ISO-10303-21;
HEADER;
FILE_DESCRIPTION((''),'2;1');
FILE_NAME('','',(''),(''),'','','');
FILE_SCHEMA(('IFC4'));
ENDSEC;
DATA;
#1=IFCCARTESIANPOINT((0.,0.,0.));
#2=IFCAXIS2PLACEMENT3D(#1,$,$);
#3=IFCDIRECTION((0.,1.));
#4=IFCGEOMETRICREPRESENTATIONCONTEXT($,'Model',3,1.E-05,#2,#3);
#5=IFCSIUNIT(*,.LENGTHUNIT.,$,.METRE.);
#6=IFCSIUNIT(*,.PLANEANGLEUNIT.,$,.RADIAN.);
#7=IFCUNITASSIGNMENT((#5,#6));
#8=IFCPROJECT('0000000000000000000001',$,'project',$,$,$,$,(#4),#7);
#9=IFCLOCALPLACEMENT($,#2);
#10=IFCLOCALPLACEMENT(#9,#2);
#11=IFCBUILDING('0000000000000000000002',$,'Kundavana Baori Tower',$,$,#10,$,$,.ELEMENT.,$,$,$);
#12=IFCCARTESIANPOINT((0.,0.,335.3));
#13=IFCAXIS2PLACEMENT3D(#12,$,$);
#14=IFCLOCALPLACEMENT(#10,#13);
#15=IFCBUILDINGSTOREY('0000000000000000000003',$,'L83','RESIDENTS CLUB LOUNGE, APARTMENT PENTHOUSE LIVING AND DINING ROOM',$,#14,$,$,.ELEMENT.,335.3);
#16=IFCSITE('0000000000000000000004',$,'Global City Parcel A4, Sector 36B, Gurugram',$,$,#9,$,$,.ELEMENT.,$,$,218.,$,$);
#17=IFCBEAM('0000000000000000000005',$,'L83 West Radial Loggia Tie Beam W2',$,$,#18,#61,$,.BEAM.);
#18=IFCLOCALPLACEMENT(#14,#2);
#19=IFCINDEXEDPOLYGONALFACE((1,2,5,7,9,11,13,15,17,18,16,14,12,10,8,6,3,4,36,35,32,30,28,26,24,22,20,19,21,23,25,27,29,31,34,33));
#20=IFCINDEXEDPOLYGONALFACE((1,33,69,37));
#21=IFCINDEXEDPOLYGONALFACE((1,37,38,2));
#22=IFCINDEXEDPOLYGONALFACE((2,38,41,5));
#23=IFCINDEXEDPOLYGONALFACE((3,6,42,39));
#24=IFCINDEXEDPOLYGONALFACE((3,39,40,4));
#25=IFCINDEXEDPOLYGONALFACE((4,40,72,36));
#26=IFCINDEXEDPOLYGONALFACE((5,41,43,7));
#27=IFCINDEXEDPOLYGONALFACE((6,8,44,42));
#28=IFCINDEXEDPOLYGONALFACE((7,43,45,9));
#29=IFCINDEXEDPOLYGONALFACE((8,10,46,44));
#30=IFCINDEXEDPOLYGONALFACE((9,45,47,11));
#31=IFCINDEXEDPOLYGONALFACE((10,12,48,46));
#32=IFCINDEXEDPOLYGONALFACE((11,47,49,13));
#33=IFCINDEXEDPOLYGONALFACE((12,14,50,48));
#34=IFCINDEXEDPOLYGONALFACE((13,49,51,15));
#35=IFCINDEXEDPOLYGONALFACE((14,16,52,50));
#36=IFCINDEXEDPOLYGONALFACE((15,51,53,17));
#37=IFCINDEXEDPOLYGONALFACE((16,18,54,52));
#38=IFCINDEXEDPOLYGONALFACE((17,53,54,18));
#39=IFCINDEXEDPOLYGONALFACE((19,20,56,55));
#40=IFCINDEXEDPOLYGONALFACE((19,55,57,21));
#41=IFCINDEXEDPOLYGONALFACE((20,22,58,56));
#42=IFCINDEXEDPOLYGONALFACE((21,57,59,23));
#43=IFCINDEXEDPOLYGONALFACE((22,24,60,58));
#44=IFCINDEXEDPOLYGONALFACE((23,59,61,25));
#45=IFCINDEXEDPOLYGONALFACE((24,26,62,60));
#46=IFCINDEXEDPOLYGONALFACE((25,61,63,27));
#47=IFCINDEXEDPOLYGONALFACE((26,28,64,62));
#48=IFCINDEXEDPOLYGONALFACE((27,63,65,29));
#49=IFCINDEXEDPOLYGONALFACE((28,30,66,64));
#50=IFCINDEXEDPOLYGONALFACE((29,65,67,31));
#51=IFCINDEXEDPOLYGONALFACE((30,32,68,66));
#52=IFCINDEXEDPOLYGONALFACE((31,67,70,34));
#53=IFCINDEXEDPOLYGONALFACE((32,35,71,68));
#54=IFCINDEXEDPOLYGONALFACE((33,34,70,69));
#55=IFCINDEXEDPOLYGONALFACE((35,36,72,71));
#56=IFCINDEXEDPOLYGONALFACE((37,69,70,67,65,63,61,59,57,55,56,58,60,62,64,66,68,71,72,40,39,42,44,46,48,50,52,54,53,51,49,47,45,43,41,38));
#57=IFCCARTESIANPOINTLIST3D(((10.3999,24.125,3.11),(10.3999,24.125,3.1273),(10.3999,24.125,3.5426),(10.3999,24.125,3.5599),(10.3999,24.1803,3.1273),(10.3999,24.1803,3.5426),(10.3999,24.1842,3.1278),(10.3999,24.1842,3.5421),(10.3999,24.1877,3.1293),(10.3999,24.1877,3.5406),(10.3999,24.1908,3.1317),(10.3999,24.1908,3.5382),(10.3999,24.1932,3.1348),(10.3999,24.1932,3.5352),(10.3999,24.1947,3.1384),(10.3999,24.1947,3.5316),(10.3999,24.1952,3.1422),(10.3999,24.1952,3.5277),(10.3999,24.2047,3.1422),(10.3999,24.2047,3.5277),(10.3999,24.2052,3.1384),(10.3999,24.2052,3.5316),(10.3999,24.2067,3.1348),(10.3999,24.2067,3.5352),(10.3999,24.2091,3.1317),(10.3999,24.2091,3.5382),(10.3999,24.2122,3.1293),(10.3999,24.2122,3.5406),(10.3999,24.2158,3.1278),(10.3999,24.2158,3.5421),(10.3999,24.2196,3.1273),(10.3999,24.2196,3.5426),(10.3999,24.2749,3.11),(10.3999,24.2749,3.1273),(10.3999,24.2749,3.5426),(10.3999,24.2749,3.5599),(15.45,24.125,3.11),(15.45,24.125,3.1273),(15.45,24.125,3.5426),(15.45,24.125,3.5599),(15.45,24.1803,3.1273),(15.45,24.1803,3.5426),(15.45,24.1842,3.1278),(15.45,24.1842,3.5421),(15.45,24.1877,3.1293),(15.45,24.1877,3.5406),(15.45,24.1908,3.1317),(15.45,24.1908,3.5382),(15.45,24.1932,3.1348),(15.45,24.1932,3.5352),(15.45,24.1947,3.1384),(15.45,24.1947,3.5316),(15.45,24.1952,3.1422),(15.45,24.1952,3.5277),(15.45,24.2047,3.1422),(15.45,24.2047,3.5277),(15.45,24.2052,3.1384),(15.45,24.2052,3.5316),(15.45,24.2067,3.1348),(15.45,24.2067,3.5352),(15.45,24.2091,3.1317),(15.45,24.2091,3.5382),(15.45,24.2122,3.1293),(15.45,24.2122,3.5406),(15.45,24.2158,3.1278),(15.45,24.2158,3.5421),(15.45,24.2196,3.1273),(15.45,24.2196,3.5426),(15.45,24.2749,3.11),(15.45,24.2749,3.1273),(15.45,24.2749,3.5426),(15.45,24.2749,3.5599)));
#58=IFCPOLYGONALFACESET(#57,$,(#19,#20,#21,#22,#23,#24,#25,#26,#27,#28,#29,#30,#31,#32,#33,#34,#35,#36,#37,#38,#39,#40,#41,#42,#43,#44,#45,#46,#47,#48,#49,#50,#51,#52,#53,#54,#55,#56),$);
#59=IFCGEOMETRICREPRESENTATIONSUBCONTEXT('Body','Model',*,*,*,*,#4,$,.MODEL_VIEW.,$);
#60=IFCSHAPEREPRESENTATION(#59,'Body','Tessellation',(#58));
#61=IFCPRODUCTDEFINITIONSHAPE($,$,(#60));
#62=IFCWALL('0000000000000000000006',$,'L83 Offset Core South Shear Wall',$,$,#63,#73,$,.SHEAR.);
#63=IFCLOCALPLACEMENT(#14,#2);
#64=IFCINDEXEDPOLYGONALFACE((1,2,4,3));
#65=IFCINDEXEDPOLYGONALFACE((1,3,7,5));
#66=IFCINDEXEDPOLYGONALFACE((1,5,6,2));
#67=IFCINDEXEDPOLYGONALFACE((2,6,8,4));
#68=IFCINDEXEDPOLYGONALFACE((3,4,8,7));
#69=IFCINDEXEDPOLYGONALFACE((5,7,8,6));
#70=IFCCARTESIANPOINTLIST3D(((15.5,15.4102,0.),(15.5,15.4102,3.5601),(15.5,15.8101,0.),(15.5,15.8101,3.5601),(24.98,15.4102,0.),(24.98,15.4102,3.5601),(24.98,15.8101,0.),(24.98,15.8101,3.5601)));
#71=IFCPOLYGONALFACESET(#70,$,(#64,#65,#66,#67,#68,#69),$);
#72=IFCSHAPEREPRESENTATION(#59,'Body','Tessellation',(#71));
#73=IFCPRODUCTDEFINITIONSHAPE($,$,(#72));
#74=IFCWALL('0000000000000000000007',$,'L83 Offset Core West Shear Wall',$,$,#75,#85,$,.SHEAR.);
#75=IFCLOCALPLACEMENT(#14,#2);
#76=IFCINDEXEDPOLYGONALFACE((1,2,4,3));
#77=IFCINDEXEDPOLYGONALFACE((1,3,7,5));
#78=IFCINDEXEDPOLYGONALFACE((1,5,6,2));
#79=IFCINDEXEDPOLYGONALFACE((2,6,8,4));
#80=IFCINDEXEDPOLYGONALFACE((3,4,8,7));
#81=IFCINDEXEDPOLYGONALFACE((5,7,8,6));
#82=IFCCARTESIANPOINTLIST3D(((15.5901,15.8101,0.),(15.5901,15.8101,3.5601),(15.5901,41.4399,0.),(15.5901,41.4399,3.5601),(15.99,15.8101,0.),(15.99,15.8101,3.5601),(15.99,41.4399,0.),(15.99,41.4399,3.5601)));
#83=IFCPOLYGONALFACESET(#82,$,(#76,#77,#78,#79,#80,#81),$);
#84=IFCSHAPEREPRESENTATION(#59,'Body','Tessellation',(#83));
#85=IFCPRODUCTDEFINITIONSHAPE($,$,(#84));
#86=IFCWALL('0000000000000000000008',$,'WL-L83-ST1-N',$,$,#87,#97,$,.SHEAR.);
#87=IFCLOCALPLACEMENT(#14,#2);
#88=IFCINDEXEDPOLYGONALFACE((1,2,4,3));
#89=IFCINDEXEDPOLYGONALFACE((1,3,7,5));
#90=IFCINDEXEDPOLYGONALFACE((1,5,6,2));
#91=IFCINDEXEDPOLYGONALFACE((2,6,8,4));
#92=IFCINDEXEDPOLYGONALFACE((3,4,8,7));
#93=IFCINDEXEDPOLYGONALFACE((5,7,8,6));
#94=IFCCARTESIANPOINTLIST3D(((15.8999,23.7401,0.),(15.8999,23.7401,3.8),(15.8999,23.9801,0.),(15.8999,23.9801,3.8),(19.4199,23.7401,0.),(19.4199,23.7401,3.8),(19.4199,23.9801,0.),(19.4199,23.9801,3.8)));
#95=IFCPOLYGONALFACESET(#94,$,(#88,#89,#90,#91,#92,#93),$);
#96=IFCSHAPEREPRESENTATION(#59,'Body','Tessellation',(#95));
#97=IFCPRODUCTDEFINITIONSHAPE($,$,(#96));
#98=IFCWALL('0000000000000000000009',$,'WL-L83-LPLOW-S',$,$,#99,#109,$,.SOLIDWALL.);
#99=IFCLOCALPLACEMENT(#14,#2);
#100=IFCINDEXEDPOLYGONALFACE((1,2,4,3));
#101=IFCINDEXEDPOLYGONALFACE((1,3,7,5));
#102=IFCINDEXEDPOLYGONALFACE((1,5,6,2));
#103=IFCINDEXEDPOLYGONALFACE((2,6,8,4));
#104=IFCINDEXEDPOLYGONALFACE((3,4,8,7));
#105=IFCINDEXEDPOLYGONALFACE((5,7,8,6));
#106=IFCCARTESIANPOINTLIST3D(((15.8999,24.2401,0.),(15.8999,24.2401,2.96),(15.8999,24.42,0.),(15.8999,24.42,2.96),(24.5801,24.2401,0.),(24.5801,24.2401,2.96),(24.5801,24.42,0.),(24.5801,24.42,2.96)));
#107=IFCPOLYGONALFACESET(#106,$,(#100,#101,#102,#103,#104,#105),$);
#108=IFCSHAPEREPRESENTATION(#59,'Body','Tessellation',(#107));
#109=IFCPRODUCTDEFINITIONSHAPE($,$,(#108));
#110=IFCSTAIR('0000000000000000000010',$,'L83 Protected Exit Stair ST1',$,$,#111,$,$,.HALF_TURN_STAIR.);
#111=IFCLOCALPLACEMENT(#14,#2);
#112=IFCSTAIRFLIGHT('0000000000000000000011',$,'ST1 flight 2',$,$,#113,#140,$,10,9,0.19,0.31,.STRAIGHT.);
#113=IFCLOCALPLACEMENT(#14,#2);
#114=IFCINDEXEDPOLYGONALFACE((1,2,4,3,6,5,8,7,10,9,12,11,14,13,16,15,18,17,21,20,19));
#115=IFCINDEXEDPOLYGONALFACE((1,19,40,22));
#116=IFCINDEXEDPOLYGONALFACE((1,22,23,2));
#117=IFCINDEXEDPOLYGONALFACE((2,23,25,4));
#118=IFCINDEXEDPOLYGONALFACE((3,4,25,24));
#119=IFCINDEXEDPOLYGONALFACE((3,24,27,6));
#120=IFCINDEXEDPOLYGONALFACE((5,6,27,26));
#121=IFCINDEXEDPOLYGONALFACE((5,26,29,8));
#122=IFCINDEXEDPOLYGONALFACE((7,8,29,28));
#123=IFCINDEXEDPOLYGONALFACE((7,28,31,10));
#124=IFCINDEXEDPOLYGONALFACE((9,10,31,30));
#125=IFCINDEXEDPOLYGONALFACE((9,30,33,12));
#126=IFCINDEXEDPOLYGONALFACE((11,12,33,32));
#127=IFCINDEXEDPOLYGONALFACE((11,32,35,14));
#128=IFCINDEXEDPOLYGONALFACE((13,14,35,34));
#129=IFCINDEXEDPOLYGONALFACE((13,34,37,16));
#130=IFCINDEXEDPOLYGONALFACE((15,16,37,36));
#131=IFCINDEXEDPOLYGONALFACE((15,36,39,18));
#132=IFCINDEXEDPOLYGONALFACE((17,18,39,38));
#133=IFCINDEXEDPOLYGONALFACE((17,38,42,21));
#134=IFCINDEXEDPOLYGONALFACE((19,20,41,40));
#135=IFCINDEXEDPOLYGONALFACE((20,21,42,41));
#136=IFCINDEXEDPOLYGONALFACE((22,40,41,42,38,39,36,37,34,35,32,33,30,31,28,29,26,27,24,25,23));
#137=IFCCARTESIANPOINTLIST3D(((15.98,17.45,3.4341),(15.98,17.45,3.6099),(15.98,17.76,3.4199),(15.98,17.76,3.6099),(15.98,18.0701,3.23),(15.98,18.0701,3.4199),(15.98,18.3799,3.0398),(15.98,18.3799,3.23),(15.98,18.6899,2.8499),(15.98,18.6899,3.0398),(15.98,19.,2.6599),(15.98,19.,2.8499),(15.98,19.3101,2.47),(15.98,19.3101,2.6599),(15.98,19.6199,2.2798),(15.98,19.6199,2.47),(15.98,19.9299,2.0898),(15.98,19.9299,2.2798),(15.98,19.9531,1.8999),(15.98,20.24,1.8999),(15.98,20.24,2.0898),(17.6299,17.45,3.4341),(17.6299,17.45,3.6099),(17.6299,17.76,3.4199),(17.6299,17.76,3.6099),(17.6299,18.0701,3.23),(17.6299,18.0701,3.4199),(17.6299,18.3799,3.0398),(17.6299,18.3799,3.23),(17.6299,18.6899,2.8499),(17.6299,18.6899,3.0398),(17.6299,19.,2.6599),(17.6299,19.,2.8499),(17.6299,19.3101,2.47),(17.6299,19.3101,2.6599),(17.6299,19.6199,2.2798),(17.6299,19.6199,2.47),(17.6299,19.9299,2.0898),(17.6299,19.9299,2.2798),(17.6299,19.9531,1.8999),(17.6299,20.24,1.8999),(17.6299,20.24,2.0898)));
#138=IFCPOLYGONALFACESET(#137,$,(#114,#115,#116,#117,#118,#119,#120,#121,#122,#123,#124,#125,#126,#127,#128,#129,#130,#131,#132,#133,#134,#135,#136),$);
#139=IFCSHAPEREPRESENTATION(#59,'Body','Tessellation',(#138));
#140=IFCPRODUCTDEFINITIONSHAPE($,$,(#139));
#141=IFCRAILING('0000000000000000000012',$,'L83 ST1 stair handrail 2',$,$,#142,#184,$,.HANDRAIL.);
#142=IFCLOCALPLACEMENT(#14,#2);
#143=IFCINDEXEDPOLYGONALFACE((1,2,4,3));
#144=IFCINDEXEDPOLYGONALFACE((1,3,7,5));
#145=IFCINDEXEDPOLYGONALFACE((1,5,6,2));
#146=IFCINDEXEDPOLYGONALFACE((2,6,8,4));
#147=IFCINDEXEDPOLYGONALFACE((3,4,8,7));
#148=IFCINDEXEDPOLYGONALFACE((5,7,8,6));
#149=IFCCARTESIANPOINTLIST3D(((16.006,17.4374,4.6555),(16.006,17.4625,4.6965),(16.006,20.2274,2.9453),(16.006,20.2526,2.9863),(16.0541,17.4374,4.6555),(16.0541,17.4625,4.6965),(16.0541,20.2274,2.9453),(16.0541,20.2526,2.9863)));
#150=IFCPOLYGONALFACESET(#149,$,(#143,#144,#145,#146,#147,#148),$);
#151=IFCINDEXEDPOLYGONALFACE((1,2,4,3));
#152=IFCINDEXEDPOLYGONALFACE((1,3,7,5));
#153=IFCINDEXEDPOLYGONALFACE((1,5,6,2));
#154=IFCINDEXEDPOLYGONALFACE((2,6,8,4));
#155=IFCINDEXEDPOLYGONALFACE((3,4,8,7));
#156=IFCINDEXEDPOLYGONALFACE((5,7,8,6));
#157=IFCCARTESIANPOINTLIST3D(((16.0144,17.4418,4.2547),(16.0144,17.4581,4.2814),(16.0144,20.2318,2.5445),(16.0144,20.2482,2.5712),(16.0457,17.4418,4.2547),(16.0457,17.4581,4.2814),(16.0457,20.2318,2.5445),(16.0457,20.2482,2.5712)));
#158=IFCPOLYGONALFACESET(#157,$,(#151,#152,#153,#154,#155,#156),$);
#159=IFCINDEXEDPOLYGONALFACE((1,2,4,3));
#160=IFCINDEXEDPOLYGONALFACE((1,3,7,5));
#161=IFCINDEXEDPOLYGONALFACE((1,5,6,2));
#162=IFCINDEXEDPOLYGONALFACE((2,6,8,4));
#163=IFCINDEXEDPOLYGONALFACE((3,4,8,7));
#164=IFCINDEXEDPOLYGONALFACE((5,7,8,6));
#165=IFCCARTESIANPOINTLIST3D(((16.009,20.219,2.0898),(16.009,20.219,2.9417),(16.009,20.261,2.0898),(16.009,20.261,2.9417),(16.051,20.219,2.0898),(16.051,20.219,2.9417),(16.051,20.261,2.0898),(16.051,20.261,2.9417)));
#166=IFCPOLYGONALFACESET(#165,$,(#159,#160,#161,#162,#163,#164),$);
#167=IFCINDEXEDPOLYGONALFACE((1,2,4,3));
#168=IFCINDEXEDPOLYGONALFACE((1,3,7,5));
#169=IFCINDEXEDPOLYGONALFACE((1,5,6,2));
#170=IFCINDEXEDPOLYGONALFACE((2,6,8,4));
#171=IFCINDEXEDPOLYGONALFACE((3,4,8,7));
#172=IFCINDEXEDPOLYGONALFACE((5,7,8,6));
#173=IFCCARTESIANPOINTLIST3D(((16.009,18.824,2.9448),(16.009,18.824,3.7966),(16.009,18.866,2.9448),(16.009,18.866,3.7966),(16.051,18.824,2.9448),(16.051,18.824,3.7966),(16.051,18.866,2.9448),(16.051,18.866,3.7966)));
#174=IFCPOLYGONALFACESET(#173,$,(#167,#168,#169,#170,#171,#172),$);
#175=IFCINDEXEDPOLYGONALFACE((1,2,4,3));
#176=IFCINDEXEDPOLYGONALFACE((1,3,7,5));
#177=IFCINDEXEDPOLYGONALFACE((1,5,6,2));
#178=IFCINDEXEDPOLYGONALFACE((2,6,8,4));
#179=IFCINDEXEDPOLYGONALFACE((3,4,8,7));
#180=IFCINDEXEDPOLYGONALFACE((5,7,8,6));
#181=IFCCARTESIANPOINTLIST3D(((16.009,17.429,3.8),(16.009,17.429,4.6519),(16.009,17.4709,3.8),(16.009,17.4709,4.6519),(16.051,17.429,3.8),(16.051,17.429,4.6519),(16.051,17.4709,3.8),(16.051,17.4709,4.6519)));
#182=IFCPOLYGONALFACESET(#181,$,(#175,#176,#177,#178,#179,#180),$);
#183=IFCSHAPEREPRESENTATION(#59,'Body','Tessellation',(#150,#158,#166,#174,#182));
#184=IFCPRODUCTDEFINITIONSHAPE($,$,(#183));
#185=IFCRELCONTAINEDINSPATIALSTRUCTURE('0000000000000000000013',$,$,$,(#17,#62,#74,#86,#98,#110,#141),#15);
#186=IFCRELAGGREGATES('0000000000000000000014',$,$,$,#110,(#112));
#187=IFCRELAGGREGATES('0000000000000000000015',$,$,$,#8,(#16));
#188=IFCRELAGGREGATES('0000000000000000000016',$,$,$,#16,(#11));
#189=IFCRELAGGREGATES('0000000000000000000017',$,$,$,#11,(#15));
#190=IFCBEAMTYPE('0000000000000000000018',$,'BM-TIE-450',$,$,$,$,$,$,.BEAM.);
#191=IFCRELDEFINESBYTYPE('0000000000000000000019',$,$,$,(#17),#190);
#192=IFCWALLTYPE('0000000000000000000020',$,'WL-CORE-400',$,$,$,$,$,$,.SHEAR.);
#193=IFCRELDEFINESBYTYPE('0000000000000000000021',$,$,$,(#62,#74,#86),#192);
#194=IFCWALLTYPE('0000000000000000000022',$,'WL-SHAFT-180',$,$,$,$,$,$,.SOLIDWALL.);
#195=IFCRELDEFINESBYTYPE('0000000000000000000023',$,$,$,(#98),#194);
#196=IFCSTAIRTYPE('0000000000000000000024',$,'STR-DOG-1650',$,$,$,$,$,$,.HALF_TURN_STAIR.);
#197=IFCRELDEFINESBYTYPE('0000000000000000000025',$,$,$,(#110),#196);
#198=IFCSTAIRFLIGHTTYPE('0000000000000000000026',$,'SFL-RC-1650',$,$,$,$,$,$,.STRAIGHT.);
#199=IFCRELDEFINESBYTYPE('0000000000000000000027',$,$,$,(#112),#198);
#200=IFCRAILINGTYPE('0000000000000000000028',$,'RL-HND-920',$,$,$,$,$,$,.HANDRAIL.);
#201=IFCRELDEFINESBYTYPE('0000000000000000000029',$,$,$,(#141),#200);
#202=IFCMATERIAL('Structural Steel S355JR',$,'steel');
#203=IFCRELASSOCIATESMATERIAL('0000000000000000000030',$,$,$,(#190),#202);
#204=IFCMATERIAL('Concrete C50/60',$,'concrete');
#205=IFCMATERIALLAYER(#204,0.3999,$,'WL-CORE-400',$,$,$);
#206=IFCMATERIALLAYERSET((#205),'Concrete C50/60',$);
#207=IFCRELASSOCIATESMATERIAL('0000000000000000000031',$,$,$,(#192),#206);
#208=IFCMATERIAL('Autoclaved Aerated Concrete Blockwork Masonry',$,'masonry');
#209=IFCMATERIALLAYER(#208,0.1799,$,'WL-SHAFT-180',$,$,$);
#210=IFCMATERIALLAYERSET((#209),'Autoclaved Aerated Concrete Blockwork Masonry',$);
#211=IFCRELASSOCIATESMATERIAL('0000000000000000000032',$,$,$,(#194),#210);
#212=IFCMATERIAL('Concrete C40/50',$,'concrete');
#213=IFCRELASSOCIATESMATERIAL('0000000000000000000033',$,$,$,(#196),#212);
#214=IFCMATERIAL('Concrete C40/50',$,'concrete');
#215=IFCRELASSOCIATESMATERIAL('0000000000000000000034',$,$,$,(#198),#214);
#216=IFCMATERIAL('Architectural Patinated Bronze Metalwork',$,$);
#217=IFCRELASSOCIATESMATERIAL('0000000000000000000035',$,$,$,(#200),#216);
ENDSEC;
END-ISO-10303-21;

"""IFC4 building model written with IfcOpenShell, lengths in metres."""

from ifc_helpers import new_model, si_unit, direction, frame, frame_2d, origin, origin_2d, place, context, subcontext, project, spatial, polyline, rectangle, i_section, outline, extrude, material, layer, layer_set, material_profile, profile_set, type_object, element, aggregate, save


model = new_model("IFC4")

# Units and contexts
model_context = context("Model", 3, precision=1e-05, world=origin(), true_north=direction((0.0, 1.0)))
body_context = subcontext(model_context, "Body", "Model", "MODEL_VIEW")
ifc_project = project(units=[si_unit("LENGTHUNIT", "METRE"), si_unit("PLANEANGLEUNIT", "RADIAN")], contexts=[model_context])

# Site, building, storey
site_placement = place(None, origin())
site = spatial("IfcSite", under=ifc_project, at=site_placement, Name="Global City Parcel A4, Sector 36B, Gurugram", CompositionType="ELEMENT", RefElevation=218.0)
building_placement = place(site_placement, origin())
building = spatial("IfcBuilding", under=site, at=building_placement, Name="Kundavana Baori Tower", CompositionType="ELEMENT")
storey_placement = place(building_placement, frame((0.0, 0.0, 335.3)))
storey = spatial("IfcBuildingStorey", under=building, at=storey_placement, Name="L83", Description="RESIDENTS CLUB LOUNGE, APARTMENT PENTHOUSE LIVING AND DINING ROOM", CompositionType="ELEMENT", Elevation=335.3)

# Beam
ifc_material_1 = material(Name="Structural Steel S355JR", Category="steel")
ifc_material_profile_1 = material_profile(ifc_material_1, i_section(OverallWidth=0.1499, OverallDepth=0.45, WebThickness=0.0095, FlangeThickness=0.0173, FilletRadius=0.0149, at=origin_2d()), Name="ISMB 450")
ifc_profile_set_1 = profile_set([ifc_material_profile_1], Name="Structural Steel S355JR")
beam_type_1 = type_object("IfcBeamType", Name="BM-TIE-450", PredefinedType="BEAM", material=ifc_profile_set_1)
for number, where, z_axis, x_axis, name in (
    (1, (15.45, 24.2, 3.335), (-1.0, 0.0, 0.0), (0.0, -1.0, 0.0), "L83 West Radial Loggia Tie Beam W2"),
):
    element("IfcBeam", number, at=place(storey_placement, frame(where, z_axis=z_axis, x_axis=x_axis)), inside=storey, type_object=beam_type_1, Name=name, PredefinedType="BEAM", context=body_context, shape_type="SweptSolid", body=[
        extrude(i_section(OverallWidth=0.1499, OverallDepth=0.45, WebThickness=0.0095, FlangeThickness=0.0173, FilletRadius=0.0149, at=origin_2d()), origin(), (0.0, 0.0, 1.0), 5.05),
    ])

# Walls
ifc_material_2 = material(Name="Concrete C50/60", Category="concrete")
ifc_layer_1 = layer(ifc_material_2, 0.3999, Name="WL-CORE-400")
ifc_layer_set_1 = layer_set([ifc_layer_1], Name="Concrete C50/60")
wall_type_1 = type_object("IfcWallType", Name="WL-CORE-400", PredefinedType="SHEAR", material=ifc_layer_set_1)
wall_1_placement = place(storey_placement, frame((15.5, 15.6101, 0.0), z_axis=(0.0, 0.0, 1.0), x_axis=(1.0, 0.0, 0.0)))
element("IfcWall", 2, at=wall_1_placement, inside=storey, type_object=wall_type_1, Name="L83 Offset Core South Shear Wall", PredefinedType="SHEAR", context=body_context, shape_type="SweptSolid", body=[
    extrude(rectangle(XDim=9.48, YDim=0.3999, at=frame_2d((4.74, 0.0))), origin(), (0.0, 0.0, 1.0), 3.5601),
])
wall_2_placement = place(storey_placement, frame((15.79, 15.8101, 0.0), z_axis=(0.0, 0.0, 1.0), x_axis=(0.0, 1.0, 0.0)))
element("IfcWall", 3, at=wall_2_placement, inside=storey, type_object=wall_type_1, Name="L83 Offset Core West Shear Wall", PredefinedType="SHEAR", context=body_context, shape_type="SweptSolid", body=[
    extrude(rectangle(XDim=25.6299, YDim=0.3999, at=frame_2d((12.8149, 0.0))), origin(), (0.0, 0.0, 1.0), 3.5601),
])
wall_3_placement = place(storey_placement, frame((15.8999, 23.8601, 0.0), z_axis=(0.0, 0.0, 1.0), x_axis=(1.0, 0.0, 0.0)))
element("IfcWall", 4, at=wall_3_placement, inside=storey, type_object=wall_type_1, Name="WL-L83-ST1-N", PredefinedType="SHEAR", context=body_context, shape_type="SweptSolid", body=[
    extrude(rectangle(XDim=3.52, YDim=0.24, at=frame_2d((1.76, 0.0))), origin(), (0.0, 0.0, 1.0), 3.8),
])
ifc_material_3 = material(Name="Autoclaved Aerated Concrete Blockwork Masonry", Category="masonry")
ifc_layer_2 = layer(ifc_material_3, 0.1799, Name="WL-SHAFT-180")
ifc_layer_set_2 = layer_set([ifc_layer_2], Name="Autoclaved Aerated Concrete Blockwork Masonry")
wall_type_2 = type_object("IfcWallType", Name="WL-SHAFT-180", PredefinedType="SOLIDWALL", material=ifc_layer_set_2)
wall_4_placement = place(storey_placement, frame((15.8999, 24.3301, 0.0), z_axis=(0.0, 0.0, 1.0), x_axis=(1.0, 0.0, 0.0)))
element("IfcWall", 5, at=wall_4_placement, inside=storey, type_object=wall_type_2, Name="WL-L83-LPLOW-S", PredefinedType="SOLIDWALL", context=body_context, shape_type="SweptSolid", body=[
    extrude(rectangle(XDim=8.6802, YDim=0.1799, at=frame_2d((4.3401, 0.0))), origin(), (0.0, 0.0, 1.0), 2.96),
])

# Stair, stair flight
ifc_material_4 = material(Name="Concrete C40/50", Category="concrete")
stair_type = type_object("IfcStairType", Name="STR-DOG-1650", PredefinedType="HALF_TURN_STAIR", material=ifc_material_4)
stair_placement = place(storey_placement, origin())
stair = element("IfcStair", 6, at=stair_placement, inside=storey, type_object=stair_type, Name="L83 Protected Exit Stair ST1", PredefinedType="HALF_TURN_STAIR")
ifc_material_5 = material(Name="Concrete C40/50", Category="concrete")
stair_flight_type = type_object("IfcStairFlightType", Name="SFL-RC-1650", PredefinedType="STRAIGHT", material=ifc_material_5)
stair_flight_placement = place(storey_placement, frame((16.8049, 20.24, 1.8999), z_axis=(0.0, 0.0, 1.0), x_axis=(0.0, -1.0, 0.0)))
stair_flight = element("IfcStairFlight", 7, at=stair_flight_placement, type_object=stair_flight_type, Name="ST1 flight 2", NumberOfRisers=10, NumberOfTreads=9, PredefinedType="STRAIGHT", RiserHeight=0.19, TreadLength=0.31, context=body_context, shape_type="SweptSolid", body=[
    extrude(outline(polyline([(0.0, 0.0), (0.0, 0.1899), (0.3101, 0.1899), (0.3101, 0.3799), (0.6201, 0.3799), (0.6201, 0.5701), (0.9299, 0.5701), (0.9299, 0.76), (1.24, 0.76), (1.24, 0.95), (1.55, 0.95), (1.55, 1.1399), (1.8601, 1.1399), (1.8601, 1.3301), (2.1699, 1.3301), (2.1699, 1.52), (2.48, 1.52), (2.48, 1.71), (2.79, 1.71), (2.79, 1.8999), (2.79, 1.5342), (0.2869, 0.0), (0.0, 0.0)])), frame((0.0, 0.825, 0.0), z_axis=(0.0, -1.0, 0.0), x_axis=(1.0, 0.0, 0.0)), (0.0, 0.0, 1.0), 1.6499),
])
aggregate(stair, [stair_flight])

# Railing
ifc_material_6 = material(Name="Architectural Patinated Bronze Metalwork")
railing_type = type_object("IfcRailingType", Name="RL-HND-920", PredefinedType="HANDRAIL", material=ifc_material_6)
railing_placement = place(storey_placement, frame((16.03, 20.24, 2.0898)))
element("IfcRailing", 8, at=railing_placement, inside=storey, type_object=railing_type, Name="L83 ST1 stair handrail 2", PredefinedType="HANDRAIL", context=body_context, shape_type="SweptSolid", body=[
    extrude(rectangle(XDim=0.0481, YDim=0.0481, at=origin_2d()), frame((0.0, 0.0, 0.876), z_axis=(0.0, -0.852577, 0.522602), x_axis=(1.0, 0.0, 0.0)), (0.0, 0.0, 1.0), 3.2725),
    extrude(rectangle(XDim=0.0312, YDim=0.0312, at=origin_2d()), frame((0.0, 0.0, 0.468), z_axis=(0.0, -0.852577, 0.522602), x_axis=(1.0, 0.0, 0.0)), (0.0, 0.0, 1.0), 3.2725),
    extrude(rectangle(XDim=0.042, YDim=0.042, at=origin_2d()), origin(), (0.0, 0.0, 1.0), 0.8518),
    extrude(rectangle(XDim=0.042, YDim=0.042, at=origin_2d()), frame((0.0, -1.395, 0.855)), (0.0, 0.0, 1.0), 0.8518),
    extrude(rectangle(XDim=0.042, YDim=0.042, at=origin_2d()), frame((0.0, -2.79, 1.7102)), (0.0, 0.0, 1.0), 0.8518),
])

save(model, "model.ifc")
